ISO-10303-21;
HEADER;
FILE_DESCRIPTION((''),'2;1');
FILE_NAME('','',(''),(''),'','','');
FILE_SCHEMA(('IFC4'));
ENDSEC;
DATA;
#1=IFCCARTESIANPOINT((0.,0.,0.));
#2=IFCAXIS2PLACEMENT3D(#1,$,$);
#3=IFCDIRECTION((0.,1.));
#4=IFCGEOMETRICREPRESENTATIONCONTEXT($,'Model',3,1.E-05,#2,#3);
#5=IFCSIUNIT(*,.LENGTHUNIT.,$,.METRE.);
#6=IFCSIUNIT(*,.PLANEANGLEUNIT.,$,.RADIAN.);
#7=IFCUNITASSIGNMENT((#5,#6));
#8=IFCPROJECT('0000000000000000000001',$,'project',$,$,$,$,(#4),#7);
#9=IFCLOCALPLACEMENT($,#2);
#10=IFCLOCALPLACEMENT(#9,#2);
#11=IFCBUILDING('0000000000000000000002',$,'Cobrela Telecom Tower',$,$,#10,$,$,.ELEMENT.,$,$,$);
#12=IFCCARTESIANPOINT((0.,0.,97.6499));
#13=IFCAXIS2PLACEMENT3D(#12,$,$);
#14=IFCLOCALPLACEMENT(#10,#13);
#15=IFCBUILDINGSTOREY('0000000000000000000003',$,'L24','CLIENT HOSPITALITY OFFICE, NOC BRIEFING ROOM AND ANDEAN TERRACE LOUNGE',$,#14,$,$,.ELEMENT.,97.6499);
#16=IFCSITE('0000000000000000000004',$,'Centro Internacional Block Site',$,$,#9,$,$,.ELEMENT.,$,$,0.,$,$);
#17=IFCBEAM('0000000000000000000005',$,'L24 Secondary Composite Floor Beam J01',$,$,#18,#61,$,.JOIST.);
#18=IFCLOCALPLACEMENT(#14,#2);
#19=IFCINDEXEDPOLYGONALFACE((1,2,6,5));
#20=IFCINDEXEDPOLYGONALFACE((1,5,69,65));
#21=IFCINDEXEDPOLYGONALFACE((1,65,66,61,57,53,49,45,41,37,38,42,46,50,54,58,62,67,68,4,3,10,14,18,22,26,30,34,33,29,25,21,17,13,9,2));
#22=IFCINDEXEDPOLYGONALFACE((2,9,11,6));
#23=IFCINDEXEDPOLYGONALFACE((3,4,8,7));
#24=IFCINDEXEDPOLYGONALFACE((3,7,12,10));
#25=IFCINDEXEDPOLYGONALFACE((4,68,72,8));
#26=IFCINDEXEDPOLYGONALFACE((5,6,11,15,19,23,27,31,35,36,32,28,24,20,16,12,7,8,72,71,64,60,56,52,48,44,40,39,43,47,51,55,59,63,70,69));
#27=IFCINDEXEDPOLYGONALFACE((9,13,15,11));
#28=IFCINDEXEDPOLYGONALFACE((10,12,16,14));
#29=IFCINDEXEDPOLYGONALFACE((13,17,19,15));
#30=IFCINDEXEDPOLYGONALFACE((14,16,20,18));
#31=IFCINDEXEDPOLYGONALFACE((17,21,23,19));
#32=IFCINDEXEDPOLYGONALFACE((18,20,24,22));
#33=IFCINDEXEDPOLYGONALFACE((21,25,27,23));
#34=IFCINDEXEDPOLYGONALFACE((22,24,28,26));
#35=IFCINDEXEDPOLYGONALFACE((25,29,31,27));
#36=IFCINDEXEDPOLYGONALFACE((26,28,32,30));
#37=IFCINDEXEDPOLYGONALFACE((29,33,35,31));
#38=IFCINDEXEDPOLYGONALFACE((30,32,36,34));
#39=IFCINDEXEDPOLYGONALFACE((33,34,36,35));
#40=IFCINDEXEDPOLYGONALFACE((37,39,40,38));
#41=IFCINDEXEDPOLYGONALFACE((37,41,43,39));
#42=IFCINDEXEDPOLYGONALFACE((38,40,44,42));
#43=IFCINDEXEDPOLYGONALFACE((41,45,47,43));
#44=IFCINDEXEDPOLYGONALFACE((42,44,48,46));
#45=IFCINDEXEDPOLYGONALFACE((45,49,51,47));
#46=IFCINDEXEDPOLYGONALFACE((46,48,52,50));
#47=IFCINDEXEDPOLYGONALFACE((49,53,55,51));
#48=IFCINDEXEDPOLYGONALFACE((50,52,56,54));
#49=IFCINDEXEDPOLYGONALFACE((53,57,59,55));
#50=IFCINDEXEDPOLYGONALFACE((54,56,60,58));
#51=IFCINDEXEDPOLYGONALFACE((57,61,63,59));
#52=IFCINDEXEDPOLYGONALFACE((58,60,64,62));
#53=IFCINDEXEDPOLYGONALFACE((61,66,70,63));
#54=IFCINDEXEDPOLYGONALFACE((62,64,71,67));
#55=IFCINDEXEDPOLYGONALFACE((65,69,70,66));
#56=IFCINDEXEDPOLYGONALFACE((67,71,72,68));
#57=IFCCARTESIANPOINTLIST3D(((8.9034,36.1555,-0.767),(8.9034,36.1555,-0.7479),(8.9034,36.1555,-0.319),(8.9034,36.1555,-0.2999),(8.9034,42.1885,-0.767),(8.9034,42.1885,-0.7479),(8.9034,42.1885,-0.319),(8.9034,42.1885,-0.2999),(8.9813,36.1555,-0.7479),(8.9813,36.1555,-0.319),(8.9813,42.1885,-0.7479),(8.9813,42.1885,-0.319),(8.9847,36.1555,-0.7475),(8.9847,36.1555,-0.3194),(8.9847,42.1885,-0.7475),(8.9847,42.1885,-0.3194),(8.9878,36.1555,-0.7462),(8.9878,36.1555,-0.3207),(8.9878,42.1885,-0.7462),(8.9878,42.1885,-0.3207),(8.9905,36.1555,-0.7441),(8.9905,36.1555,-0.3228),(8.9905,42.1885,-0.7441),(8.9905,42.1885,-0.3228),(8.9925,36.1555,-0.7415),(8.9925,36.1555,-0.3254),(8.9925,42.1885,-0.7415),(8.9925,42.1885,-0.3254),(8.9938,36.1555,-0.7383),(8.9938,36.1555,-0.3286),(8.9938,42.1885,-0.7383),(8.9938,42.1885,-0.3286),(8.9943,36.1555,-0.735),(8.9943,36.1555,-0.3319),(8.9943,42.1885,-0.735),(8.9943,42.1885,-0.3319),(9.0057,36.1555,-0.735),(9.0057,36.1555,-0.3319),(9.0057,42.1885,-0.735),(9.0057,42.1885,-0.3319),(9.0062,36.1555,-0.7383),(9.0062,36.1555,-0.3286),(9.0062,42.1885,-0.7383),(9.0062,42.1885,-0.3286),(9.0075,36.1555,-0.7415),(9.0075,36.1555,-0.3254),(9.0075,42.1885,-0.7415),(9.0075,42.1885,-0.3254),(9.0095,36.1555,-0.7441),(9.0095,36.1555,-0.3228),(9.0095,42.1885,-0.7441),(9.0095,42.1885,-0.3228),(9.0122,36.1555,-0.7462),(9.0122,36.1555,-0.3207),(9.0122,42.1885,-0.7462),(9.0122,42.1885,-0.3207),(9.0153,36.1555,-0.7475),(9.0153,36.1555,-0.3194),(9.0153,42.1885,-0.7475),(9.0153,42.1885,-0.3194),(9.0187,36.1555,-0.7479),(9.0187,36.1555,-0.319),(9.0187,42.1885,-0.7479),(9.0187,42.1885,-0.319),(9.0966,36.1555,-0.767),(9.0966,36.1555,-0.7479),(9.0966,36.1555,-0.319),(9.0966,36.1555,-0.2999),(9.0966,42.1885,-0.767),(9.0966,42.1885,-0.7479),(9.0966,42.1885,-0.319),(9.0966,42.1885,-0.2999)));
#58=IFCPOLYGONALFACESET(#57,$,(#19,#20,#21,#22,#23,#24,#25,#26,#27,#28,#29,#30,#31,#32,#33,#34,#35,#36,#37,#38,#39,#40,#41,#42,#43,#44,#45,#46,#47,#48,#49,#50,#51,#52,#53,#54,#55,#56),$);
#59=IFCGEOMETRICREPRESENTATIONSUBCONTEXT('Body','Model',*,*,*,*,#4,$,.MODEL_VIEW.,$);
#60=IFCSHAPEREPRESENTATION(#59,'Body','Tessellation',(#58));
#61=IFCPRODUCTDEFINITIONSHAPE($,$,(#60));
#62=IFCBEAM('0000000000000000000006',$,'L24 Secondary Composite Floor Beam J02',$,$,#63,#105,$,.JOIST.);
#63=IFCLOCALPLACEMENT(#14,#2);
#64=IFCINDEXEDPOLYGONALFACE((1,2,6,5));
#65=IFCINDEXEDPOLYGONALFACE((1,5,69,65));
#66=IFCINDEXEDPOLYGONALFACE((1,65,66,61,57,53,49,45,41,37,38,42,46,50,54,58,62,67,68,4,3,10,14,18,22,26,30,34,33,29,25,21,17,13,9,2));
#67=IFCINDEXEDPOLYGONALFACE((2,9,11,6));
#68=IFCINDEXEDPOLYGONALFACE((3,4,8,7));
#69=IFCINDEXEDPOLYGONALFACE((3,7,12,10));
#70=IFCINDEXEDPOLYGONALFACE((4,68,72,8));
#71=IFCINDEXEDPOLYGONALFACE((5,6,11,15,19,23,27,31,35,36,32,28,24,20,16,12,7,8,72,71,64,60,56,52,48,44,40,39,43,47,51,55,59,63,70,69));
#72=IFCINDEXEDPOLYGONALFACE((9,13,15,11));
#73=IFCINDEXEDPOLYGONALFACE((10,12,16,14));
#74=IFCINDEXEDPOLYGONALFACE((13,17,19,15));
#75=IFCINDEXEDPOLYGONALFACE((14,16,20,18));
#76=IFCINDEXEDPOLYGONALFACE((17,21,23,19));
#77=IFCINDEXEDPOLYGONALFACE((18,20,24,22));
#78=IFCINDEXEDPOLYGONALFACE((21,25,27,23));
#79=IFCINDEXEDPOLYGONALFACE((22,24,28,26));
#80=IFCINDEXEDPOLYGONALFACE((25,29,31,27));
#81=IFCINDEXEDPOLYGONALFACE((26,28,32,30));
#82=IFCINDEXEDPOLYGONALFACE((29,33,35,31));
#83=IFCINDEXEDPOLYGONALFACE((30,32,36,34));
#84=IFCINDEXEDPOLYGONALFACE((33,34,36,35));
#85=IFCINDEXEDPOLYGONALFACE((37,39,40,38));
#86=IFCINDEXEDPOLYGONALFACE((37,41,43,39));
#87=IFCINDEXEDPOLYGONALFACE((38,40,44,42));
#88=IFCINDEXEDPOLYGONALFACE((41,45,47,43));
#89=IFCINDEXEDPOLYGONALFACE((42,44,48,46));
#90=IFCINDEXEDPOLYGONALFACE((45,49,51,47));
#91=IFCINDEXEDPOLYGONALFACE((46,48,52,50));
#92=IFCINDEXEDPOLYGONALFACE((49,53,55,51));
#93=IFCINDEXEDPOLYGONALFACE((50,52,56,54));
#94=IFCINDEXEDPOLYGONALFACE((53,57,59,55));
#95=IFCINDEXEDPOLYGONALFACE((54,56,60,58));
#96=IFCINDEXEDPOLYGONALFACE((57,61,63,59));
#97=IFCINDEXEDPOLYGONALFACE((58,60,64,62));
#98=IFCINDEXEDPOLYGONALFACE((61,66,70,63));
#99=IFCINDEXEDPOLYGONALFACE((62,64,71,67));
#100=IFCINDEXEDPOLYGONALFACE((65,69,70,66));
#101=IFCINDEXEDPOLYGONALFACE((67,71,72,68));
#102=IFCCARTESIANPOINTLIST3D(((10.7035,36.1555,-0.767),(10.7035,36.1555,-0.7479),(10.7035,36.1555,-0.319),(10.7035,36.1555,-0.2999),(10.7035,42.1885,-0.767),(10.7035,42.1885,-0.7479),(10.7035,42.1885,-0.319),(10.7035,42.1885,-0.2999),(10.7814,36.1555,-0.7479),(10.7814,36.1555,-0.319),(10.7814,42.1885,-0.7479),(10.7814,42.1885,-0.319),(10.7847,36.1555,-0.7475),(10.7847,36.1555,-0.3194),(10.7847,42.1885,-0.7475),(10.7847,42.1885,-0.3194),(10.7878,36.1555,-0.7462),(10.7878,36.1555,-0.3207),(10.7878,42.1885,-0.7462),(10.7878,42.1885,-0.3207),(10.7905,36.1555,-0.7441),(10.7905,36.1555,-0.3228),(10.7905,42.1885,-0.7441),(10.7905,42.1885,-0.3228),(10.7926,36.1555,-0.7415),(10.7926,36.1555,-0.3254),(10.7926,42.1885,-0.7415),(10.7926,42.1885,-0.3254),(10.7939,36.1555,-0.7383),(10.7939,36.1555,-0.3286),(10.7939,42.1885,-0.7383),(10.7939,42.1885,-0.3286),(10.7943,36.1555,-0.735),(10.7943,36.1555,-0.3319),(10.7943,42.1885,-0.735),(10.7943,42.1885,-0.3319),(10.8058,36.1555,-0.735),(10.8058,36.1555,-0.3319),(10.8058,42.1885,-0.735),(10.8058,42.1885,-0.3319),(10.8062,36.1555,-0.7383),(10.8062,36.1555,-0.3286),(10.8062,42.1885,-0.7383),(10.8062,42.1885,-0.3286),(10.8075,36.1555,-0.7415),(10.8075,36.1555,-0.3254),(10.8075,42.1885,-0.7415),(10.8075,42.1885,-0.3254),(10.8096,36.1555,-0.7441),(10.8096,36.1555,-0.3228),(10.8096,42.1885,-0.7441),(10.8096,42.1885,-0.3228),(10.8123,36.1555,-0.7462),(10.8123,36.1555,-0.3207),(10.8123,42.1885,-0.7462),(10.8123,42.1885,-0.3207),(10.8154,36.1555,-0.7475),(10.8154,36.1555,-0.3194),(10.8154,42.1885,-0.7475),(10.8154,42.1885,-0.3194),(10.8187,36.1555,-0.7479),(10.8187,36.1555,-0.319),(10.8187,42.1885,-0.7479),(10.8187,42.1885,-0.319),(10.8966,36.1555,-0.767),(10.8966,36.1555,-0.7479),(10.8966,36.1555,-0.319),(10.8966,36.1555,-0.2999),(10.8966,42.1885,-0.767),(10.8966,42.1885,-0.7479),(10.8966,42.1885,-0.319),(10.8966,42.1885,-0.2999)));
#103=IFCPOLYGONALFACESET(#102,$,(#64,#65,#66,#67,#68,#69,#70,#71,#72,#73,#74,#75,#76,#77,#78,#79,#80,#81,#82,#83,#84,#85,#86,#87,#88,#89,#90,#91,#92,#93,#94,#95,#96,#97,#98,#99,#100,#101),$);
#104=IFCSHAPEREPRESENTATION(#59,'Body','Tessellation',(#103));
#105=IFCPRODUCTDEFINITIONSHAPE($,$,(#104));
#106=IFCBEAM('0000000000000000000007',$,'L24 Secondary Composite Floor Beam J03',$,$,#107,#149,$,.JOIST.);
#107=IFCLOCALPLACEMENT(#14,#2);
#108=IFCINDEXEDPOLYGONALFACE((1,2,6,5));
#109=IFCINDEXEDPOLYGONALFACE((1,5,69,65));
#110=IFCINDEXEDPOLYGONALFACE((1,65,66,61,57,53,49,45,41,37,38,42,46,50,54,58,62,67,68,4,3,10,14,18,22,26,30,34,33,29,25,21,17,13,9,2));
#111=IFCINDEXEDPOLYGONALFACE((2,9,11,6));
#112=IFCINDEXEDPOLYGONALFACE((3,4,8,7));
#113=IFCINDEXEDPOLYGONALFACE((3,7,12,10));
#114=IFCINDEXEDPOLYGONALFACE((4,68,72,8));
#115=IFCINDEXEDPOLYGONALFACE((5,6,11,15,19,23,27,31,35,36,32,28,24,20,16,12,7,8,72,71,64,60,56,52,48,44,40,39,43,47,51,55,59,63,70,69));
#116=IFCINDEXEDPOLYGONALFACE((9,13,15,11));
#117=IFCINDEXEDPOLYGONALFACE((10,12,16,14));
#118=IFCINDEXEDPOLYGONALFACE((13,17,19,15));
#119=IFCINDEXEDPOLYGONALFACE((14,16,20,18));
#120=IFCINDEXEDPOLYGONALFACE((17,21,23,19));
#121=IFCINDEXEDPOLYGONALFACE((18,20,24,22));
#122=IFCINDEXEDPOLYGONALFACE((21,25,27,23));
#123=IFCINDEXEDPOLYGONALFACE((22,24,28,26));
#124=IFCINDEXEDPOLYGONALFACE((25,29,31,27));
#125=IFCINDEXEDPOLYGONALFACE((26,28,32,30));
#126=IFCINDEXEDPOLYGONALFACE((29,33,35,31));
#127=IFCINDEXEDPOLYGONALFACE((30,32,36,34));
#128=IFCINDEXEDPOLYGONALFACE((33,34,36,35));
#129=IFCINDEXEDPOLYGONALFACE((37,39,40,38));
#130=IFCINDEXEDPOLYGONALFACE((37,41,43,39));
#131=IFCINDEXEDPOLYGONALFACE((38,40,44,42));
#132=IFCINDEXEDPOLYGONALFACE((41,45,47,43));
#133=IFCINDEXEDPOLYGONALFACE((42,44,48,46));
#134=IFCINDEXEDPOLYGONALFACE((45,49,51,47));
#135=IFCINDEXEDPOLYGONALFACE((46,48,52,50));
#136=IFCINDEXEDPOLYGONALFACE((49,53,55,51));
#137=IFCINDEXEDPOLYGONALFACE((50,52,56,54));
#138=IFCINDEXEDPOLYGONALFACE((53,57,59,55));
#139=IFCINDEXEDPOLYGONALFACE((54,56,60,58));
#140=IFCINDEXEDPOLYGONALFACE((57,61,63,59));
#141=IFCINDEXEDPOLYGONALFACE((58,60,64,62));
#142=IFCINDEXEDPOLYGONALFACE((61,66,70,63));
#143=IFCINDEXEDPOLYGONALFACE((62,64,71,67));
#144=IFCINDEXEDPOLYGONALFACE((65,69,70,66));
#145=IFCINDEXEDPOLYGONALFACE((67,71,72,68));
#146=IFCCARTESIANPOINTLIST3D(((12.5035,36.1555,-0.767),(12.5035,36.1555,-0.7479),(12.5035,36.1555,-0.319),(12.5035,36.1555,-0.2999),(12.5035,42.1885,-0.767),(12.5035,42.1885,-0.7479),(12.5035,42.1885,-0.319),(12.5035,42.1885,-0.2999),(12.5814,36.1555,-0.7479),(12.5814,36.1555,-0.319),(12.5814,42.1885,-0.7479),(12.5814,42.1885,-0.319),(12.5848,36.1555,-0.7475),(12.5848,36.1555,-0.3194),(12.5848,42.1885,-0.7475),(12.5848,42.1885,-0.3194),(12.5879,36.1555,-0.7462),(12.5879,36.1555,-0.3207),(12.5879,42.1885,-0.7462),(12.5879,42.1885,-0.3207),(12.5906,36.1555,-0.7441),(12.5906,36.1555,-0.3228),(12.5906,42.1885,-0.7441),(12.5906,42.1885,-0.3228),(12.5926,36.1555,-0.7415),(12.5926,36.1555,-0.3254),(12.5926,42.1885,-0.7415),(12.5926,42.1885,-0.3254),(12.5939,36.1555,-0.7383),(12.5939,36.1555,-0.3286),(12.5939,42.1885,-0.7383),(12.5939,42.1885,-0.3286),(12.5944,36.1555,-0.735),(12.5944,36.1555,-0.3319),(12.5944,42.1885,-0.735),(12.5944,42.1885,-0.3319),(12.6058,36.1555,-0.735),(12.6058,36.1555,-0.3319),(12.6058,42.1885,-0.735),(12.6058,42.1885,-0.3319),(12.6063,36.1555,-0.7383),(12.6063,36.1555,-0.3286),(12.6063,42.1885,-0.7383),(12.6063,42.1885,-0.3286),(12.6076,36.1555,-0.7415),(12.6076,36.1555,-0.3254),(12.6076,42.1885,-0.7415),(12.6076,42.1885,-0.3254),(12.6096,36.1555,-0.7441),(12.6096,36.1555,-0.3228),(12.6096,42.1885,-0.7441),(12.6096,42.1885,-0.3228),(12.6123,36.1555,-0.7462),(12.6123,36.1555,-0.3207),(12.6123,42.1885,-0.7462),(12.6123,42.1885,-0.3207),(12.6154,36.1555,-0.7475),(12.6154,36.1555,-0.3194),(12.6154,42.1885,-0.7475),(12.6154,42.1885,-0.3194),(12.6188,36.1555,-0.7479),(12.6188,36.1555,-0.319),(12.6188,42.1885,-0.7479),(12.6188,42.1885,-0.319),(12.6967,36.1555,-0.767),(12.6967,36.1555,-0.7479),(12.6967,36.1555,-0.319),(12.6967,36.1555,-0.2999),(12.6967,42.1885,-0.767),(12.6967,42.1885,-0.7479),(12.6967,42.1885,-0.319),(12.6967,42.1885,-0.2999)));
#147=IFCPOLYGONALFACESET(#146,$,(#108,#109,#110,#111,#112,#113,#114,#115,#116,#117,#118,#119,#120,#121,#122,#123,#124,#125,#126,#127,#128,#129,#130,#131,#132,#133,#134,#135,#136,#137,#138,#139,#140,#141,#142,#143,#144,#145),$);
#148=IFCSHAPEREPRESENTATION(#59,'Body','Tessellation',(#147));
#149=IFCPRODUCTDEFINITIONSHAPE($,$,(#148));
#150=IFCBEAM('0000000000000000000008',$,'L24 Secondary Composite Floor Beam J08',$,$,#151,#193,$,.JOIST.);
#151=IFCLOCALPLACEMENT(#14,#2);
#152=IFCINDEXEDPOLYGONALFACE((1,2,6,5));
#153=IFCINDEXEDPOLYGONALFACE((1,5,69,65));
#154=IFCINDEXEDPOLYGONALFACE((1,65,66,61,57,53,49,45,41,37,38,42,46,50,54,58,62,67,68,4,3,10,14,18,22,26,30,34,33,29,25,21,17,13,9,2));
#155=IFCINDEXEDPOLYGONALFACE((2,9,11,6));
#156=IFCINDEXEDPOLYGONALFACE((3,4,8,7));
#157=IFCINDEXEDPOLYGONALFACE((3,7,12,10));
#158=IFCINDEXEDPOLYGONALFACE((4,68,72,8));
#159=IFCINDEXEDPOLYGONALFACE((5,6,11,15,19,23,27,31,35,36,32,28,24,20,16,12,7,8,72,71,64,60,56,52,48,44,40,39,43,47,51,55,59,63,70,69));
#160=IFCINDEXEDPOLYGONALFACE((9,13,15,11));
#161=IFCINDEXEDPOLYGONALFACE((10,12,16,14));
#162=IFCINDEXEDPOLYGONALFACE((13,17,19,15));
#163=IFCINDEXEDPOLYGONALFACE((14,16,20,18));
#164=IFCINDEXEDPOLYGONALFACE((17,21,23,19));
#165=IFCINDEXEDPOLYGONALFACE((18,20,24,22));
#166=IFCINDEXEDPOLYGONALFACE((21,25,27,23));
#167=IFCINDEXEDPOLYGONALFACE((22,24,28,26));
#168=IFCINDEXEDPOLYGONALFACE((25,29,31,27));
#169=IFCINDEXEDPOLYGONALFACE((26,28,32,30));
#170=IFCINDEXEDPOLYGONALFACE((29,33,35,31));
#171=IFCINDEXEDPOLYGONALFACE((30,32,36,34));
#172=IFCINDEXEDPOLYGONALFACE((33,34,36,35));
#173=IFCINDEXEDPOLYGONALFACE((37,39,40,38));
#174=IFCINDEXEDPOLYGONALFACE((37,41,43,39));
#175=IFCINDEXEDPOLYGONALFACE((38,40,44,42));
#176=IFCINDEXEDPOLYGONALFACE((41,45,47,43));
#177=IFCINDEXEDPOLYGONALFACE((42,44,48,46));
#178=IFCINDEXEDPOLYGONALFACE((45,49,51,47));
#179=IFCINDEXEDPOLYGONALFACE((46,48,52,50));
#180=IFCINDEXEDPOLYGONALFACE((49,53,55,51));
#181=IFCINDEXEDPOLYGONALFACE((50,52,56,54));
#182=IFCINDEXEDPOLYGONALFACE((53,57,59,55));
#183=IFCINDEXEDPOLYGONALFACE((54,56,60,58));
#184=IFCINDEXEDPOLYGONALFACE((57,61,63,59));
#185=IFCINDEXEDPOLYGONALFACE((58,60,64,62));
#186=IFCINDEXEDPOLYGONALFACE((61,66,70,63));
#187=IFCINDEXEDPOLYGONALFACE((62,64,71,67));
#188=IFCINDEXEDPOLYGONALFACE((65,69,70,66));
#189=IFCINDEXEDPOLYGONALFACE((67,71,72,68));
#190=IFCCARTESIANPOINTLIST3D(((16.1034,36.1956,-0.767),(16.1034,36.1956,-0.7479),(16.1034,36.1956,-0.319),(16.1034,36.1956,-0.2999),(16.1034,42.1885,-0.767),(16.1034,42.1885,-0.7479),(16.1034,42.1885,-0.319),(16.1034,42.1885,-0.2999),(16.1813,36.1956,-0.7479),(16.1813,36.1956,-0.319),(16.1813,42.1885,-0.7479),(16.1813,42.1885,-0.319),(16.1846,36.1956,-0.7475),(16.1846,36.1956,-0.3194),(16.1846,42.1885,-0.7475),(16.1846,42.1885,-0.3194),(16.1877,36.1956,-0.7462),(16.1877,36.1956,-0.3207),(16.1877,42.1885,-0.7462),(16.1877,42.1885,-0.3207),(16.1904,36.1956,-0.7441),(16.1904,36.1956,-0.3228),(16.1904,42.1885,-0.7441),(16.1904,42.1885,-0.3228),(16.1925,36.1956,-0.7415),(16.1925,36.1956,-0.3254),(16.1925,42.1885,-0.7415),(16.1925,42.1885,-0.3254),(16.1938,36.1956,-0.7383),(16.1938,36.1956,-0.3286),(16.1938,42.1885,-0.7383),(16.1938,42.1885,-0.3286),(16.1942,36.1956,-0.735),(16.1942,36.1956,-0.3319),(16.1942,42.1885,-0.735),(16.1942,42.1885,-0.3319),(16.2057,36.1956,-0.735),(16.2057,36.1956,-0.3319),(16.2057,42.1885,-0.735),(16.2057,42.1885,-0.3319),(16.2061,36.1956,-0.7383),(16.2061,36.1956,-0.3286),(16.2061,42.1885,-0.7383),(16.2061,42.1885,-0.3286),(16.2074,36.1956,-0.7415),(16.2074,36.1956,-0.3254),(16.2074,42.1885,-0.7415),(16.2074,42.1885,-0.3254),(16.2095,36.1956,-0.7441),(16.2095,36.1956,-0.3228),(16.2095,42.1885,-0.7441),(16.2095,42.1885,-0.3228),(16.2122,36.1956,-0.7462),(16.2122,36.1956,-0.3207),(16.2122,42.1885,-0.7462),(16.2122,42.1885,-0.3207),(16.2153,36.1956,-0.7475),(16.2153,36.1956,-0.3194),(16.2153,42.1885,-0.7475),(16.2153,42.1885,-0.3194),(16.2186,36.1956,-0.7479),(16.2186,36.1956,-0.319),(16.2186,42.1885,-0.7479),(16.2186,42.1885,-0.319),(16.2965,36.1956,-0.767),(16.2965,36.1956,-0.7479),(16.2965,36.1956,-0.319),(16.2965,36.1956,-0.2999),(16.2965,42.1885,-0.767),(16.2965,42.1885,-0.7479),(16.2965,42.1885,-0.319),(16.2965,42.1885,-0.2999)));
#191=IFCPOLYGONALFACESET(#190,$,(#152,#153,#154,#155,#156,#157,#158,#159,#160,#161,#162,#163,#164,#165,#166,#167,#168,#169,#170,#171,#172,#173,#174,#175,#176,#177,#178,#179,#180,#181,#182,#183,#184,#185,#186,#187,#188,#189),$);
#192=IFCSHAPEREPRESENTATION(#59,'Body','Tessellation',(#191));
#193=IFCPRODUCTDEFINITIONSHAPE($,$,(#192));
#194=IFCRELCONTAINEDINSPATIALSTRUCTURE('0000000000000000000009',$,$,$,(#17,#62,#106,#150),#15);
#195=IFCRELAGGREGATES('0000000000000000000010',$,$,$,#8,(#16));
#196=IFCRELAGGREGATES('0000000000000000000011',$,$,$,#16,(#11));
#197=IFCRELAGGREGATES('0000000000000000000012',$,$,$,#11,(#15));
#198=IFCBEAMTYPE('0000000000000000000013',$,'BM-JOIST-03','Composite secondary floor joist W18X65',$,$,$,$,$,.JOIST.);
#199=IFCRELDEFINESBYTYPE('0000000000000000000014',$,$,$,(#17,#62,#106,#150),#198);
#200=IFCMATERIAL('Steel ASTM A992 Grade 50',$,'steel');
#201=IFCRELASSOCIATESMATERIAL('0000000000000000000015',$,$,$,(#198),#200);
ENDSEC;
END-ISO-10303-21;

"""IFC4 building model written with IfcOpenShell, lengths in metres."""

from ifc_helpers import new_model, si_unit, direction, frame, origin, origin_2d, place, context, subcontext, project, spatial, i_section, extrude, material, material_profile, profile_set, type_object, element, save


model = new_model("IFC4")

# Units and contexts
model_context = context("Model", 3, precision=1e-05, world=origin(), true_north=direction((0.0, 1.0)))
body_context = subcontext(model_context, "Body", "Model", "MODEL_VIEW")
ifc_project = project(units=[si_unit("LENGTHUNIT", "METRE"), si_unit("PLANEANGLEUNIT", "RADIAN")], contexts=[model_context])

# Site, building, storey
site_placement = place(None, origin())
site = spatial("IfcSite", under=ifc_project, at=site_placement, Name="Centro Internacional Block Site", CompositionType="ELEMENT", RefElevation=0.0)
building_placement = place(site_placement, origin())
building = spatial("IfcBuilding", under=site, at=building_placement, Name="Cobrela Telecom Tower", CompositionType="ELEMENT")
storey_placement = place(building_placement, frame((0.0, 0.0, 97.6499)))
storey = spatial("IfcBuildingStorey", under=building, at=storey_placement, Name="L24", Description="CLIENT HOSPITALITY OFFICE, NOC BRIEFING ROOM AND ANDEAN TERRACE LOUNGE", CompositionType="ELEMENT", Elevation=97.6499)

# Beams
ifc_material_1 = material(Name="Steel ASTM A992 Grade 50", Category="steel")
ifc_material_profile_1 = material_profile(ifc_material_1, i_section(OverallWidth=0.1931, OverallDepth=0.467, WebThickness=0.0115, FlangeThickness=0.019, FilletRadius=0.0129, at=origin_2d()), Name="W18X65")
ifc_profile_set_1 = profile_set([ifc_material_profile_1], Name="Steel ASTM A992 Grade 50")
beam_type_1 = type_object("IfcBeamType", Name="BM-JOIST-03", Description="Composite secondary floor joist W18X65", PredefinedType="JOIST", material=ifc_profile_set_1)
for number, where, z_axis, x_axis, name in (
    (1, (9.0, 36.1555, -0.5334), (0.0, 1.0, 0.0), (-1.0, 0.0, 0.0), "L24 Secondary Composite Floor Beam J01"),
    (2, (10.8, 36.1555, -0.5334), (0.0, 1.0, 0.0), (-1.0, 0.0, 0.0), "L24 Secondary Composite Floor Beam J02"),
    (3, (12.6001, 36.1555, -0.5334), (0.0, 1.0, 0.0), (-1.0, 0.0, 0.0), "L24 Secondary Composite Floor Beam J03"),
):
    element("IfcBeam", number, at=place(storey_placement, frame(where, z_axis=z_axis, x_axis=x_axis)), inside=storey, type_object=beam_type_1, Name=name, PredefinedType="JOIST", context=body_context, shape_type="SweptSolid", body=[
        extrude(i_section(OverallWidth=0.1931, OverallDepth=0.467, WebThickness=0.0115, FlangeThickness=0.019, FilletRadius=0.0129, at=origin_2d()), origin(), (0.0, 0.0, 1.0), 6.033),
    ])
for number, where, z_axis, x_axis, name in (
    (4, (16.2, 36.1956, -0.5334), (0.0, 1.0, 0.0), (-1.0, 0.0, 0.0), "L24 Secondary Composite Floor Beam J08"),
):
    element("IfcBeam", number, at=place(storey_placement, frame(where, z_axis=z_axis, x_axis=x_axis)), inside=storey, type_object=beam_type_1, Name=name, PredefinedType="JOIST", context=body_context, shape_type="SweptSolid", body=[
        extrude(i_section(OverallWidth=0.1931, OverallDepth=0.467, WebThickness=0.0115, FlangeThickness=0.019, FilletRadius=0.0129, at=origin_2d()), origin(), (0.0, 0.0, 1.0), 5.9929),
    ])

save(model, "model.ifc")
